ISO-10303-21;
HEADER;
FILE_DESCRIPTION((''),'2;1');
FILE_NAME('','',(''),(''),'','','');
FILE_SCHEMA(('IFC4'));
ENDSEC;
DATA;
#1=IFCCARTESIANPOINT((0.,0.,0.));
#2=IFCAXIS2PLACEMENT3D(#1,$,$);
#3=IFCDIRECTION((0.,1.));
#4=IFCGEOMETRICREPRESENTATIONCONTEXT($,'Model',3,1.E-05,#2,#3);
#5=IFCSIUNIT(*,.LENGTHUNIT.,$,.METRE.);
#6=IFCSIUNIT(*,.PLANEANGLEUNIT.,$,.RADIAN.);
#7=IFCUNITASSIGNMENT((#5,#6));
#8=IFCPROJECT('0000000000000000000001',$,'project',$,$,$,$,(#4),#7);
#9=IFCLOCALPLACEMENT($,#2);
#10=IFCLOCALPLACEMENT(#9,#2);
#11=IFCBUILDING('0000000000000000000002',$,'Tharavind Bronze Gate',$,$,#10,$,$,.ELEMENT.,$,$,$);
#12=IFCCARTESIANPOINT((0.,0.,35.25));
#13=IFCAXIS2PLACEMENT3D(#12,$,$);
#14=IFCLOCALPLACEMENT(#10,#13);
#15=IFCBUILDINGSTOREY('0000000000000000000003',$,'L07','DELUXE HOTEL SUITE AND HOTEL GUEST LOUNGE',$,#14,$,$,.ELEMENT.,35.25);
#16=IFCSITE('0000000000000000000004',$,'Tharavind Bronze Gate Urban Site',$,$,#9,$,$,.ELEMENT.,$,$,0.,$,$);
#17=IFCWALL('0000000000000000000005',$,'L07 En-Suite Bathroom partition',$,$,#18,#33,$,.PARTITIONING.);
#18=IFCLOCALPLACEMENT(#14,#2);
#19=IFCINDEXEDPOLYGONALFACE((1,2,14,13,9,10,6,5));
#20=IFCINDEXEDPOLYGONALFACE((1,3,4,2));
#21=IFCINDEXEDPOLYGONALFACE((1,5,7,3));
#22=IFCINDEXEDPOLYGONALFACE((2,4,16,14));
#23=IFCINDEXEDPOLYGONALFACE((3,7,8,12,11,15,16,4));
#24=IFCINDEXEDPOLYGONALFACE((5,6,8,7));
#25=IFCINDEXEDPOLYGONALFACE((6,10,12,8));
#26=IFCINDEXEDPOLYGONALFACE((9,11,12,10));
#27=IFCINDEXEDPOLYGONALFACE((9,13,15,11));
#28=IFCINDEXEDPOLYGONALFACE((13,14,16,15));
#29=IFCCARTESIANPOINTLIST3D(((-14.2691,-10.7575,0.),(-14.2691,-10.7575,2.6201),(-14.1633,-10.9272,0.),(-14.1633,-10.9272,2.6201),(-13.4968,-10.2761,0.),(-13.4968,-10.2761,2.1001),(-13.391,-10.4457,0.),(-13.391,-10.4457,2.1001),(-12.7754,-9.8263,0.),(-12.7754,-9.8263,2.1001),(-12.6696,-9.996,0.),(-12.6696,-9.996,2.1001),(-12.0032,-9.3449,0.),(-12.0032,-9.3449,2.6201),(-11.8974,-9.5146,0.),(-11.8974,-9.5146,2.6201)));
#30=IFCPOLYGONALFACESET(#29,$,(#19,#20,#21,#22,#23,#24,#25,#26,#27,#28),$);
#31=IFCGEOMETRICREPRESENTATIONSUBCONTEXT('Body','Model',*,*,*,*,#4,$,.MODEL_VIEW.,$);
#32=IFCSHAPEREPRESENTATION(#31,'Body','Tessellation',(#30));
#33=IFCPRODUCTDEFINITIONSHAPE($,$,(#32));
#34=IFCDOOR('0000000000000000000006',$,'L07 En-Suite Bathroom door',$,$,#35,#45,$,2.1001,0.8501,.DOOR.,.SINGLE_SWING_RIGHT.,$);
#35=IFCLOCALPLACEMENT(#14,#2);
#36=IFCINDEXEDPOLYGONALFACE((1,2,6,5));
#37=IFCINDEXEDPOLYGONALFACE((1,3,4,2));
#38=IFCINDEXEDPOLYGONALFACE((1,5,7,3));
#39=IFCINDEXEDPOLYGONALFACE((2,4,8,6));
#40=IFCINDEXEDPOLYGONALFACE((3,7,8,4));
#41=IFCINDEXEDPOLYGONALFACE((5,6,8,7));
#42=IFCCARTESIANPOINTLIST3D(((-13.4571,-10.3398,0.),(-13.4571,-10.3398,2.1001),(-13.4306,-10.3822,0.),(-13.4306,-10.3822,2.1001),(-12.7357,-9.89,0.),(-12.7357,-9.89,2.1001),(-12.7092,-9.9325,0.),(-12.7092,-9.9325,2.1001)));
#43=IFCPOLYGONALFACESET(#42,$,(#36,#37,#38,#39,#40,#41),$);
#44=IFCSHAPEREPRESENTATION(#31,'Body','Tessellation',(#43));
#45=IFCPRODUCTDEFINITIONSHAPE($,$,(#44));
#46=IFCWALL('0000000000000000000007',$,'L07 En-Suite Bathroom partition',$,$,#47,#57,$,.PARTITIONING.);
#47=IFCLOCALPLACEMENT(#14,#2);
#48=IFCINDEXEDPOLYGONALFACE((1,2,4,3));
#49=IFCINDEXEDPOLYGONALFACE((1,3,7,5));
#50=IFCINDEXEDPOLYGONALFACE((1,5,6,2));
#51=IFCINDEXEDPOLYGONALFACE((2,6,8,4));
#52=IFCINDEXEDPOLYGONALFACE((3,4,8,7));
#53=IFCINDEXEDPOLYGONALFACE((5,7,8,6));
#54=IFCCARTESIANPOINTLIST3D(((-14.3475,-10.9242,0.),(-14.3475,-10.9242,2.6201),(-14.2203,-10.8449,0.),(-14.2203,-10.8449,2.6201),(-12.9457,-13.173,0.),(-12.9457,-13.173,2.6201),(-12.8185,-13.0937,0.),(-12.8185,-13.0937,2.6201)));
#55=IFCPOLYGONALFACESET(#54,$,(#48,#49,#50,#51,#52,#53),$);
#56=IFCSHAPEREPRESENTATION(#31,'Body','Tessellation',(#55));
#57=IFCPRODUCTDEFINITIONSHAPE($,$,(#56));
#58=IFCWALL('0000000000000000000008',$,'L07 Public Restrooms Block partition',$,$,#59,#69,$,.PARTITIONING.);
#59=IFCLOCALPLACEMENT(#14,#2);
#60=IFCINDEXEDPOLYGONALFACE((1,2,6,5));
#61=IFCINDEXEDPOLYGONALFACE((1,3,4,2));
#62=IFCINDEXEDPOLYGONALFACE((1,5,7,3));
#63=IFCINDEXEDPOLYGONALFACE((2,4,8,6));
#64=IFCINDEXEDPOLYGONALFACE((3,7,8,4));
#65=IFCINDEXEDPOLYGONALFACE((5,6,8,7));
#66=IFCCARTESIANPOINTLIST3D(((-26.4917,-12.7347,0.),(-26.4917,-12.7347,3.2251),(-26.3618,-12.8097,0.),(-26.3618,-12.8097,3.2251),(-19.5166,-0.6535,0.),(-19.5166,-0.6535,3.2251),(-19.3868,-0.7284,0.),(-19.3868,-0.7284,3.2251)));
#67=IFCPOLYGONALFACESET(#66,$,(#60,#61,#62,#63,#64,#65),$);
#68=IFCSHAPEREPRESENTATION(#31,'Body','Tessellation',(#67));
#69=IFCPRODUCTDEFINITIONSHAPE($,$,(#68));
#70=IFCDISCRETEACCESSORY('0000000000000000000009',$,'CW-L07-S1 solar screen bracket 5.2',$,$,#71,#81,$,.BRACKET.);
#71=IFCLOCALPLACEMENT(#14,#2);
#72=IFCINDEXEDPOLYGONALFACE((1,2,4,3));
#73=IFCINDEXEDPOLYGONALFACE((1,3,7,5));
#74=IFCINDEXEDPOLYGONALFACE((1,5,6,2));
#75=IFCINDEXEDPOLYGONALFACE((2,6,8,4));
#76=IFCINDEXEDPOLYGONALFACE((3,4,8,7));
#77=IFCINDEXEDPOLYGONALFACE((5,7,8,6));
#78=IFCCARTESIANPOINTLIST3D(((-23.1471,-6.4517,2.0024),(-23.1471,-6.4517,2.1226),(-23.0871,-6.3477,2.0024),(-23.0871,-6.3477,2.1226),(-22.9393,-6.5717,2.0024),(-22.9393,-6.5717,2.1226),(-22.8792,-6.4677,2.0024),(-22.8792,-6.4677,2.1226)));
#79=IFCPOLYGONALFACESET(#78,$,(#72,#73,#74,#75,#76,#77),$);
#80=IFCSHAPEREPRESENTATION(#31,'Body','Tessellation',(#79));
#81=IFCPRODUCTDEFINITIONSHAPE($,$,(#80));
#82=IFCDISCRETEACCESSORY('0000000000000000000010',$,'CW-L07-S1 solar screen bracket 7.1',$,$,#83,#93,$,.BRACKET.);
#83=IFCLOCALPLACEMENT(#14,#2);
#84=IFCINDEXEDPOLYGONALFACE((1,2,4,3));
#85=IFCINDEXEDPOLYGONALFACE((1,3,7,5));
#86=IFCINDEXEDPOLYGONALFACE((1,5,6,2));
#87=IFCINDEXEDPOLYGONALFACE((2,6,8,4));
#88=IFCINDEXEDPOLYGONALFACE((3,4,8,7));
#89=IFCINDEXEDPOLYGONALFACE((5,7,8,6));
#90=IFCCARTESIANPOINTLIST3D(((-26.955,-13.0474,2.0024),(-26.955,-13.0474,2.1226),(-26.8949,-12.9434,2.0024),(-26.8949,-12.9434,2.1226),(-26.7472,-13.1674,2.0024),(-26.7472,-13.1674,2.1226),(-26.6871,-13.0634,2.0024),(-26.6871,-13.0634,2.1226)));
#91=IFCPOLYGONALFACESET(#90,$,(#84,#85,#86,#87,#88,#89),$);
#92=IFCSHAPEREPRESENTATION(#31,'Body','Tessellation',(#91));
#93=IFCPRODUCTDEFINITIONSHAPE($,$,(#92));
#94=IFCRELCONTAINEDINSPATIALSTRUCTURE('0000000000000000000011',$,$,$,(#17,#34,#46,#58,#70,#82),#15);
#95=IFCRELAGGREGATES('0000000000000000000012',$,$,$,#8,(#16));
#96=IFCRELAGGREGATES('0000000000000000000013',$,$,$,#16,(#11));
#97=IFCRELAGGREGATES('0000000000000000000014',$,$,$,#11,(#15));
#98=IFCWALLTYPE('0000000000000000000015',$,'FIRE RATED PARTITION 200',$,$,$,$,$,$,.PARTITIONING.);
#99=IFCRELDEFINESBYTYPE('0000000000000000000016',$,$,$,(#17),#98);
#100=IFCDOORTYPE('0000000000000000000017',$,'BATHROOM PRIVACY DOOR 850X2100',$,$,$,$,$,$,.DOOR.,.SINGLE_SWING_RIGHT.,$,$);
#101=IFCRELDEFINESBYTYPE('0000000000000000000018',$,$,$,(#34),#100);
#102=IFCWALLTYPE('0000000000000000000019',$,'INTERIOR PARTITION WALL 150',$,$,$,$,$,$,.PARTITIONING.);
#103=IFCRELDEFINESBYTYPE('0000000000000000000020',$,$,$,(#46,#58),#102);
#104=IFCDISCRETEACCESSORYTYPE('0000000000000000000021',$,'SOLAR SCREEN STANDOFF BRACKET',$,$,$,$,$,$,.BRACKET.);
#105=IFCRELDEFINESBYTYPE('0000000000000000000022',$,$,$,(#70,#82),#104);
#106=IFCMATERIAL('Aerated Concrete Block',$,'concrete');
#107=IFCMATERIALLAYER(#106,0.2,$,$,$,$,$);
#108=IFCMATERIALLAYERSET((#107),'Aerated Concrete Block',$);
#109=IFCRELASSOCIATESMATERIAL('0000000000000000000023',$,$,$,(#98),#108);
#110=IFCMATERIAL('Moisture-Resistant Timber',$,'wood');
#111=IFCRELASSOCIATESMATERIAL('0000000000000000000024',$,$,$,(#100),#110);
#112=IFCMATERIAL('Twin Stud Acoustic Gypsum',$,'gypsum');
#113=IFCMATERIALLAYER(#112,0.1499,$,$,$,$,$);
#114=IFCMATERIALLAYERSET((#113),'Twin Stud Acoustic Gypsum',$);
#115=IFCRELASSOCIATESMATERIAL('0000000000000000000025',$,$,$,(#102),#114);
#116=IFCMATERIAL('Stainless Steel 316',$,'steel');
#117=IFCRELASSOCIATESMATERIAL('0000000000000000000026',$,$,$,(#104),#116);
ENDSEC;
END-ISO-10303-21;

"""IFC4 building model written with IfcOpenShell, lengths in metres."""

from ifc_helpers import new_model, si_unit, direction, frame, frame_2d, origin, origin_2d, place, context, subcontext, project, spatial, rectangle, extrude, material, layer, layer_set, type_object, element, fill, save


model = new_model("IFC4")

# Units and contexts
model_context = context("Model", 3, precision=1e-05, world=origin(), true_north=direction((0.0, 1.0)))
body_context = subcontext(model_context, "Body", "Model", "MODEL_VIEW")
ifc_project = project(units=[si_unit("LENGTHUNIT", "METRE"), si_unit("PLANEANGLEUNIT", "RADIAN")], contexts=[model_context])

# Site, building, storey
site_placement = place(None, origin())
site = spatial("IfcSite", under=ifc_project, at=site_placement, Name="Tharavind Bronze Gate Urban Site", CompositionType="ELEMENT", RefElevation=0.0)
building_placement = place(site_placement, origin())
building = spatial("IfcBuilding", under=site, at=building_placement, Name="Tharavind Bronze Gate", CompositionType="ELEMENT")
storey_placement = place(building_placement, frame((0.0, 0.0, 35.25)))
storey = spatial("IfcBuildingStorey", under=building, at=storey_placement, Name="L07", Description="DELUXE HOTEL SUITE AND HOTEL GUEST LOUNGE", CompositionType="ELEMENT", Elevation=35.25)

# Wall, opening, door
ifc_material_1 = material(Name="Aerated Concrete Block", Category="concrete")
ifc_layer_1 = layer(ifc_material_1, 0.2)
ifc_layer_set_1 = layer_set([ifc_layer_1], Name="Aerated Concrete Block")
wall_type_1 = type_object("IfcWallType", Name="FIRE RATED PARTITION 200", PredefinedType="PARTITIONING", material=ifc_layer_set_1)
wall_1_placement = place(storey_placement, frame((-14.2161, -10.8423, 0.0), z_axis=(0.0, 0.0, 1.0), x_axis=(0.848599, 0.529037, 0.0)))
wall_1 = element("IfcWall", 1, at=wall_1_placement, inside=storey, type_object=wall_type_1, Name="L07 En-Suite Bathroom partition", PredefinedType="PARTITIONING", context=body_context, shape_type="SweptSolid", body=[
    extrude(rectangle(XDim=2.6702, YDim=0.2, at=frame_2d((1.335, 0.0))), origin(), (0.0, 0.0, 1.0), 2.6201),
])
opening_placement = place(wall_1_placement, frame((0.9099, 0.0, 0.0)))
opening = element("IfcOpeningElement", 2, at=opening_placement, cuts=wall_1, PredefinedType="OPENING", context=body_context, shape_type="SweptSolid", body=[
    extrude(rectangle(XDim=0.8501, YDim=2.1001, at=frame_2d((0.425, 1.05))), frame((0.0, 0.1101, 0.0), z_axis=(0.0, -1.0, 0.0), x_axis=(1.0, 0.0, 0.0)), (0.0, 0.0, 1.0), 0.22),
])
ifc_material_2 = material(Name="Moisture-Resistant Timber", Category="wood")
door_type = type_object("IfcDoorType", Name="BATHROOM PRIVACY DOOR 850X2100", OperationType="SINGLE_SWING_RIGHT", PredefinedType="DOOR", material=ifc_material_2)
door_placement = place(opening_placement, origin())
door = element("IfcDoor", 3, at=door_placement, inside=storey, type_object=door_type, Name="L07 En-Suite Bathroom door", OperationType="SINGLE_SWING_RIGHT", OverallHeight=2.1001, OverallWidth=0.8501, PredefinedType="DOOR", context=body_context, shape_type="SweptSolid", body=[
    extrude(rectangle(XDim=0.8501, YDim=2.1001, at=frame_2d((0.425, 1.05))), frame((0.0, 0.0249, 0.0), z_axis=(0.0, -1.0, 0.0), x_axis=(1.0, 0.0, 0.0)), (0.0, 0.0, 1.0), 0.05),
])
fill(opening, door)

# Walls
ifc_material_3 = material(Name="Twin Stud Acoustic Gypsum", Category="gypsum")
ifc_layer_2 = layer(ifc_material_3, 0.1499)
ifc_layer_set_2 = layer_set([ifc_layer_2], Name="Twin Stud Acoustic Gypsum")
wall_type_2 = type_object("IfcWallType", Name="INTERIOR PARTITION WALL 150", PredefinedType="PARTITIONING", material=ifc_layer_set_2)
wall_2_placement = place(storey_placement, frame((-12.8821, -13.1333, 0.0), z_axis=(0.0, 0.0, 1.0), x_axis=(-0.529013, 0.848614, 0.0)))
element("IfcWall", 4, at=wall_2_placement, inside=storey, type_object=wall_type_2, Name="L07 En-Suite Bathroom partition", PredefinedType="PARTITIONING", context=body_context, shape_type="SweptSolid", body=[
    extrude(rectangle(XDim=2.6499, YDim=0.1499, at=frame_2d((1.325, 0.0))), origin(), (0.0, 0.0, 1.0), 2.6201),
])
wall_3_placement = place(storey_placement, frame((-26.4268, -12.7722, 0.0), z_axis=(0.0, 0.0, 1.0), x_axis=(0.499998, 0.866027, 0.0)))
element("IfcWall", 5, at=wall_3_placement, inside=storey, type_object=wall_type_2, Name="L07 Public Restrooms Block partition", PredefinedType="PARTITIONING", context=body_context, shape_type="SweptSolid", body=[
    extrude(rectangle(XDim=13.9502, YDim=0.1499, at=frame_2d((6.9751, 0.0))), origin(), (0.0, 0.0, 1.0), 3.2251),
])

# Discrete accessories
ifc_material_4 = material(Name="Stainless Steel 316", Category="steel")
discrete_accessory_type = type_object("IfcDiscreteAccessoryType", Name="SOLAR SCREEN STANDOFF BRACKET", PredefinedType="BRACKET", material=ifc_material_4)
for number, where, z_axis, x_axis, name in (
    (6, (-23.0132, -6.4597, 2.0024), (0.0, 0.0, 1.0), (-0.500002, -0.866025, 0.0), "CW-L07-S1 solar screen bracket 5.2"),
    (7, (-26.821, -13.0554, 2.0024), (0.0, 0.0, 1.0), (-0.500002, -0.866025, 0.0), "CW-L07-S1 solar screen bracket 7.1"),
):
    element("IfcDiscreteAccessory", number, at=place(storey_placement, frame(where, z_axis=z_axis, x_axis=x_axis)), inside=storey, type_object=discrete_accessory_type, Name=name, PredefinedType="BRACKET", context=body_context, shape_type="SweptSolid", body=[
        extrude(rectangle(XDim=0.1201, YDim=0.24, at=origin_2d()), origin(), (0.0, 0.0, 1.0), 0.1201),
    ])

save(model, "model.ifc")
